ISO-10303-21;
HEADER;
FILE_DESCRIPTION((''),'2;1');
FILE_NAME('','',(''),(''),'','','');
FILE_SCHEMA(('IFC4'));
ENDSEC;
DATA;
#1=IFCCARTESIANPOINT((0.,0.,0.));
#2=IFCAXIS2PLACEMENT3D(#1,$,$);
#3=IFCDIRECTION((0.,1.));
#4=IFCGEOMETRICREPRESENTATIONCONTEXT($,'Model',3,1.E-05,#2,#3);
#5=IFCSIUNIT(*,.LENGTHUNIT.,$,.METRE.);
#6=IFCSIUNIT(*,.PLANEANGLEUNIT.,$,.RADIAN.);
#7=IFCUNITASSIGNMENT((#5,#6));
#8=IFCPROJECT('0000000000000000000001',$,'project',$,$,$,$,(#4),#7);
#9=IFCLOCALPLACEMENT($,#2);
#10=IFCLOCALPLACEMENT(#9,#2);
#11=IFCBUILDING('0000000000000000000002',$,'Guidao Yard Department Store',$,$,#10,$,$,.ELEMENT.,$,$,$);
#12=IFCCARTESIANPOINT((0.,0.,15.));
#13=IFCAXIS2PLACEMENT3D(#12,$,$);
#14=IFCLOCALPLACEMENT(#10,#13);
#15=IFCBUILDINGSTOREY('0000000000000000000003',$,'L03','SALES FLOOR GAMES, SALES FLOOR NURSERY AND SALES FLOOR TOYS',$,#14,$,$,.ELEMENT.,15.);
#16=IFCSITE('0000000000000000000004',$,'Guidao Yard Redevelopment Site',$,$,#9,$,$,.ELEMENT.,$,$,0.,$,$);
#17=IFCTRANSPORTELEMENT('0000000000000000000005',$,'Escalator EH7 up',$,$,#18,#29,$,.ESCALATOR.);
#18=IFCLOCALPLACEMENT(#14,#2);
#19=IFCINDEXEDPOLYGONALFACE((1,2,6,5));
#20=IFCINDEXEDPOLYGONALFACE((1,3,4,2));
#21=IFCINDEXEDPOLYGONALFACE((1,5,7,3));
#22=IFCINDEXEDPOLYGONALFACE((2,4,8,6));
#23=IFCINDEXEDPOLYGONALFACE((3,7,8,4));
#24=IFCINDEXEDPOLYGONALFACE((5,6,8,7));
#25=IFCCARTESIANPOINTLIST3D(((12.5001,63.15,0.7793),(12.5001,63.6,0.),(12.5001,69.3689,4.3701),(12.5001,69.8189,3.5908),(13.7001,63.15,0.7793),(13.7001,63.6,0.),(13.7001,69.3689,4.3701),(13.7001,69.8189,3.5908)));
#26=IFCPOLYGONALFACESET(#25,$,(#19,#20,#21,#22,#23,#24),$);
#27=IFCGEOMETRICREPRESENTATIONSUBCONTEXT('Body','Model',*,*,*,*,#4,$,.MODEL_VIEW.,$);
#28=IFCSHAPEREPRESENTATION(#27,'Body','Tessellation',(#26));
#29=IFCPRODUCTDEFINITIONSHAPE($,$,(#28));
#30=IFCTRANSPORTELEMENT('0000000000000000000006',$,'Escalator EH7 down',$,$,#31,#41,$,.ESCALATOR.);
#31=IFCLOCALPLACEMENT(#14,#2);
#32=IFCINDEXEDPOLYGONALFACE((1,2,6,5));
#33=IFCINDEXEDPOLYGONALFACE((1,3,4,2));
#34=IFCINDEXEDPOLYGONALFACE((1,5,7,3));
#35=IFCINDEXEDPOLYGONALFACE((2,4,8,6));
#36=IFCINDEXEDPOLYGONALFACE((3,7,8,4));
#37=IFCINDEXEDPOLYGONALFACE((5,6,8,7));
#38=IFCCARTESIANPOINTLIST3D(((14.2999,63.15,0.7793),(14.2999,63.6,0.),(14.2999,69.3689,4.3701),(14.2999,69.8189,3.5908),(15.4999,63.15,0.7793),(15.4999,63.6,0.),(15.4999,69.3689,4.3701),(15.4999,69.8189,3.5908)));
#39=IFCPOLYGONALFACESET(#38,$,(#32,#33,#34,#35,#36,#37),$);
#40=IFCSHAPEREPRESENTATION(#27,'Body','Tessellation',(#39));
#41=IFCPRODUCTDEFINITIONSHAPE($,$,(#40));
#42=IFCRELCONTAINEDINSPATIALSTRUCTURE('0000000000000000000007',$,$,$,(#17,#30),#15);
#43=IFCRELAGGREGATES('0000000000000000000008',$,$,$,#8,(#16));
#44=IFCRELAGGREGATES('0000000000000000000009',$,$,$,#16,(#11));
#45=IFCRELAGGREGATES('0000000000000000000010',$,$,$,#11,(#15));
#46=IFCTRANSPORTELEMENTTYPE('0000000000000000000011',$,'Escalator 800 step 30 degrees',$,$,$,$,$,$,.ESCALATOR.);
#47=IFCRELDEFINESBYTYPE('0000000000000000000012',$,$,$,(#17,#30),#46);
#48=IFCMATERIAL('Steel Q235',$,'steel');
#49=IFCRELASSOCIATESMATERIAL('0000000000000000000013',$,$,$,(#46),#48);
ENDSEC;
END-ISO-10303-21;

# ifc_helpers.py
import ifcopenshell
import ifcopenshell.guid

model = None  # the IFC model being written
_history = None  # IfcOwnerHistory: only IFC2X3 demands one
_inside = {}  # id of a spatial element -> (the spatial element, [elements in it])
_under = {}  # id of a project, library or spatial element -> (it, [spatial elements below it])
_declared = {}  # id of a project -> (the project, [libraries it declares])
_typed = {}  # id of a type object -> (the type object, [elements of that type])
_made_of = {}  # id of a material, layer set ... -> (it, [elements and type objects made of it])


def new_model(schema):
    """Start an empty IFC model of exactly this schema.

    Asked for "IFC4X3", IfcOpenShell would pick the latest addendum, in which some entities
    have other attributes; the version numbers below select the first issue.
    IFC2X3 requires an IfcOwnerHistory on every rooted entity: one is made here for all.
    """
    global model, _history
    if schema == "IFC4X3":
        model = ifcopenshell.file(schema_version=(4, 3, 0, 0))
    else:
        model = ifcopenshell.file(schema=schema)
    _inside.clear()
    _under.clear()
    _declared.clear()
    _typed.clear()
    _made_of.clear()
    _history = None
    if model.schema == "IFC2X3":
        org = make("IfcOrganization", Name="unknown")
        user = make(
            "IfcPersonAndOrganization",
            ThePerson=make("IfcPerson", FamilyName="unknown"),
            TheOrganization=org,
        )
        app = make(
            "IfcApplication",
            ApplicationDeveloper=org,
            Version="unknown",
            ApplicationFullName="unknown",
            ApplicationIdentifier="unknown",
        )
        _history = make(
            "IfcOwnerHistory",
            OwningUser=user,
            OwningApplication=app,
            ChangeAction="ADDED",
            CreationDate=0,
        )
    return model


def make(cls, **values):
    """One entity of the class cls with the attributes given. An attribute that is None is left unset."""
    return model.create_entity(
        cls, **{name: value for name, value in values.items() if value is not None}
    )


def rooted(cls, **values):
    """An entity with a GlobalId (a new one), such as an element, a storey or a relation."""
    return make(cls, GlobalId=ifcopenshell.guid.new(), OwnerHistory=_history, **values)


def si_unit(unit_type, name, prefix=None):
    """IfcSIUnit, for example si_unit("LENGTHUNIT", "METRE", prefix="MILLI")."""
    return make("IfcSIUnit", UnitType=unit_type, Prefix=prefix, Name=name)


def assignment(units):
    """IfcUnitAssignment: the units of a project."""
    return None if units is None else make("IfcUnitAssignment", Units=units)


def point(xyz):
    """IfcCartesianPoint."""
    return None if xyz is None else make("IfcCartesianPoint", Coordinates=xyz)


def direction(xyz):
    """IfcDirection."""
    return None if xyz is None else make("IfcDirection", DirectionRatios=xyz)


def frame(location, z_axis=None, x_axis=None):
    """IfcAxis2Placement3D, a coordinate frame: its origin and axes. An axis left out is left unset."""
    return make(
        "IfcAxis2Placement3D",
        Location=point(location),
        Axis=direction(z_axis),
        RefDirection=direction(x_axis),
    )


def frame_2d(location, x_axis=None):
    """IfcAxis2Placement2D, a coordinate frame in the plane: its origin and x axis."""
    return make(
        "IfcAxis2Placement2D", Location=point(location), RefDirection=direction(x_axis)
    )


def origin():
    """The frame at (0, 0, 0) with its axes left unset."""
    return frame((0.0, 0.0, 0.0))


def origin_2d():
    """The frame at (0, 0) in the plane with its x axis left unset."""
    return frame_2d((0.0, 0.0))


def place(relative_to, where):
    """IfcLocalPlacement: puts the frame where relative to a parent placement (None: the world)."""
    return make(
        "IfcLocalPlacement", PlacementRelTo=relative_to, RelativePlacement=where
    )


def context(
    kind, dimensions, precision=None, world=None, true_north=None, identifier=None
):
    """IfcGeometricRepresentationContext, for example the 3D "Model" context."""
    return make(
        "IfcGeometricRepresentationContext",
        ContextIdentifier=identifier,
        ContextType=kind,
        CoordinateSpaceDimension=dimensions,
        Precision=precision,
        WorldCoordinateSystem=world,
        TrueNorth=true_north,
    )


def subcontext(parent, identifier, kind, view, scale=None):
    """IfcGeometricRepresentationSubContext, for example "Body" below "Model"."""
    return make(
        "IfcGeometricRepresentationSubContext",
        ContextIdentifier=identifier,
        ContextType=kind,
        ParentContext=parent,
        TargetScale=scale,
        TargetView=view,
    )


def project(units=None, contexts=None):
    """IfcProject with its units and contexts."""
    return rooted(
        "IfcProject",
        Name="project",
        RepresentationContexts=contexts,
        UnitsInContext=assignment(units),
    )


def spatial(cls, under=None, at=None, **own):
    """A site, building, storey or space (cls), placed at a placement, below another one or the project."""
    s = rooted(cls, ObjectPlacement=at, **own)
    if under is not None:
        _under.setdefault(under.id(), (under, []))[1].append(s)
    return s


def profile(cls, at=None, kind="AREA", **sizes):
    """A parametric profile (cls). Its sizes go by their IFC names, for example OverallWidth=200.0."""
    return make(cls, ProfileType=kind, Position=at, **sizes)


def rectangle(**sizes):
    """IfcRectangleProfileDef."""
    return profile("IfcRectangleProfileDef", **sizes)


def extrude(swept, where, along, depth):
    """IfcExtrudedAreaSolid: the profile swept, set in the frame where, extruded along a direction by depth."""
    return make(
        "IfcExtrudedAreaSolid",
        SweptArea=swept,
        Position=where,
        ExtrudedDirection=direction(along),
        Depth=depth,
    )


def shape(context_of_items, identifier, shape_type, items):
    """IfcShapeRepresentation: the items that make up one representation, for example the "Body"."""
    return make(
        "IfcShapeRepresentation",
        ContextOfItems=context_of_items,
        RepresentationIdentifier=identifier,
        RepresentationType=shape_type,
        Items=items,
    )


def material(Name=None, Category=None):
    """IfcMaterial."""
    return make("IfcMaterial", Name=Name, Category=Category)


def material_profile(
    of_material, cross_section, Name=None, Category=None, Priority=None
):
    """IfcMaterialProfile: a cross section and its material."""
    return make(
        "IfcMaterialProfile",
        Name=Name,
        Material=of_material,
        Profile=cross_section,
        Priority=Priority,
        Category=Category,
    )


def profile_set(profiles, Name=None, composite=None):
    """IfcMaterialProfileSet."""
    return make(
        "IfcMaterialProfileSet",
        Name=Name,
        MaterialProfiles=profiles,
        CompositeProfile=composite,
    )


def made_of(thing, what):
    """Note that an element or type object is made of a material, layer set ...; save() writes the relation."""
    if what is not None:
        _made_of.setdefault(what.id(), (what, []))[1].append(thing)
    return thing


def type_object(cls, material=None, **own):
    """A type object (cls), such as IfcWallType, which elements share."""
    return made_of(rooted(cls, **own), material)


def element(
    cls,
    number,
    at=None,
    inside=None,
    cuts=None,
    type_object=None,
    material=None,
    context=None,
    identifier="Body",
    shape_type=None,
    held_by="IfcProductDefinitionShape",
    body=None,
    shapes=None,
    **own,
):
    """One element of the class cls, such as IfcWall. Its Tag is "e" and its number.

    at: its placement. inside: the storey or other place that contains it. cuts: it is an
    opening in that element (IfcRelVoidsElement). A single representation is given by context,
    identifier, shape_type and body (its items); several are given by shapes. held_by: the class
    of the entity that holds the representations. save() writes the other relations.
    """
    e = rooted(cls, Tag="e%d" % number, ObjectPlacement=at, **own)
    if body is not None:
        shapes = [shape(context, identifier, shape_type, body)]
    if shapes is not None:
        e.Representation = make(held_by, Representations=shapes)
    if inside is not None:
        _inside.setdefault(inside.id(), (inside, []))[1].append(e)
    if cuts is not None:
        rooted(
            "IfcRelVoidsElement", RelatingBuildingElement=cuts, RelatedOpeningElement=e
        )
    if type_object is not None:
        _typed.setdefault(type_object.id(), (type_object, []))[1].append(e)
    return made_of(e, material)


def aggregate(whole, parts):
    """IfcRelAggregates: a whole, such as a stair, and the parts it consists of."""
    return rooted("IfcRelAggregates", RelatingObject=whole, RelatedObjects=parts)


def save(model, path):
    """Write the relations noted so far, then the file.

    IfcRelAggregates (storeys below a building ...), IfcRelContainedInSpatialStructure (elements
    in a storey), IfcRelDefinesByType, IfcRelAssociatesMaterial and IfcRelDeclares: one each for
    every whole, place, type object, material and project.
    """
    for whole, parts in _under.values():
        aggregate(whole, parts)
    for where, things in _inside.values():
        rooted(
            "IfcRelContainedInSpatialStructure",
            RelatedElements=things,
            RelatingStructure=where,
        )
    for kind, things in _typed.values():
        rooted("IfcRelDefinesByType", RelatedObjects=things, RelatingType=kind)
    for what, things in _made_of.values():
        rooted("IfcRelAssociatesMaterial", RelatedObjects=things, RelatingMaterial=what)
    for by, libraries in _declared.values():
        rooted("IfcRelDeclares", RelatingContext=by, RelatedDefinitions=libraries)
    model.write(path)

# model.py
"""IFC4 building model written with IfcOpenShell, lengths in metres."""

from ifc_helpers import new_model, si_unit, direction, frame, origin, origin_2d, place, context, subcontext, project, spatial, rectangle, extrude, material, material_profile, profile_set, type_object, element, save


model = new_model("IFC4")

# Units and contexts
model_context = context("Model", 3, precision=1e-05, world=origin(), true_north=direction((0.0, 1.0)))
body_context = subcontext(model_context, "Body", "Model", "MODEL_VIEW")
ifc_project = project(units=[si_unit("LENGTHUNIT", "METRE"), si_unit("PLANEANGLEUNIT", "RADIAN")], contexts=[model_context])

# Site, building, storey
site_placement = place(None, origin())
site = spatial("IfcSite", under=ifc_project, at=site_placement, Name="Guidao Yard Redevelopment Site", CompositionType="ELEMENT", RefElevation=0.0)
building_placement = place(site_placement, origin())
building = spatial("IfcBuilding", under=site, at=building_placement, Name="Guidao Yard Department Store", CompositionType="ELEMENT")
storey_placement = place(building_placement, frame((0.0, 0.0, 15.0)))
storey = spatial("IfcBuildingStorey", under=building, at=storey_placement, Name="L03", Description="SALES FLOOR GAMES, SALES FLOOR NURSERY AND SALES FLOOR TOYS", CompositionType="ELEMENT", Elevation=15.0)

# Transport elements
ifc_material_1 = material(Name="Steel Q235", Category="steel")
ifc_material_profile_1 = material_profile(ifc_material_1, rectangle(XDim=1.2, YDim=0.8999, at=origin_2d()), Name="Escalator 800 step 30 degrees")
ifc_profile_set_1 = profile_set([ifc_material_profile_1], Name="Steel Q235")
transport_element_type = type_object("IfcTransportElementType", Name="Escalator 800 step 30 degrees", PredefinedType="ESCALATOR", material=ifc_profile_set_1)
for number, where, z_axis, x_axis, name in (
    (1, (13.1001, 63.375, 0.3896), (0.0, 0.866008, 0.500029), (-1.0, 0.0, 0.0), "Escalator EH7 up"),
    (2, (14.8999, 63.375, 0.3896), (0.0, 0.866008, 0.500029), (-1.0, 0.0, 0.0), "Escalator EH7 down"),
):
    element("IfcTransportElement", number, at=place(storey_placement, frame(where, z_axis=z_axis, x_axis=x_axis)), inside=storey, type_object=transport_element_type, Name=name, PredefinedType="ESCALATOR", context=body_context, shape_type="SweptSolid", body=[
        extrude(rectangle(XDim=1.2, YDim=0.8999, at=origin_2d()), origin(), (0.0, 0.0, 1.0), 7.1812),
    ])

save(model, "model.ifc")
